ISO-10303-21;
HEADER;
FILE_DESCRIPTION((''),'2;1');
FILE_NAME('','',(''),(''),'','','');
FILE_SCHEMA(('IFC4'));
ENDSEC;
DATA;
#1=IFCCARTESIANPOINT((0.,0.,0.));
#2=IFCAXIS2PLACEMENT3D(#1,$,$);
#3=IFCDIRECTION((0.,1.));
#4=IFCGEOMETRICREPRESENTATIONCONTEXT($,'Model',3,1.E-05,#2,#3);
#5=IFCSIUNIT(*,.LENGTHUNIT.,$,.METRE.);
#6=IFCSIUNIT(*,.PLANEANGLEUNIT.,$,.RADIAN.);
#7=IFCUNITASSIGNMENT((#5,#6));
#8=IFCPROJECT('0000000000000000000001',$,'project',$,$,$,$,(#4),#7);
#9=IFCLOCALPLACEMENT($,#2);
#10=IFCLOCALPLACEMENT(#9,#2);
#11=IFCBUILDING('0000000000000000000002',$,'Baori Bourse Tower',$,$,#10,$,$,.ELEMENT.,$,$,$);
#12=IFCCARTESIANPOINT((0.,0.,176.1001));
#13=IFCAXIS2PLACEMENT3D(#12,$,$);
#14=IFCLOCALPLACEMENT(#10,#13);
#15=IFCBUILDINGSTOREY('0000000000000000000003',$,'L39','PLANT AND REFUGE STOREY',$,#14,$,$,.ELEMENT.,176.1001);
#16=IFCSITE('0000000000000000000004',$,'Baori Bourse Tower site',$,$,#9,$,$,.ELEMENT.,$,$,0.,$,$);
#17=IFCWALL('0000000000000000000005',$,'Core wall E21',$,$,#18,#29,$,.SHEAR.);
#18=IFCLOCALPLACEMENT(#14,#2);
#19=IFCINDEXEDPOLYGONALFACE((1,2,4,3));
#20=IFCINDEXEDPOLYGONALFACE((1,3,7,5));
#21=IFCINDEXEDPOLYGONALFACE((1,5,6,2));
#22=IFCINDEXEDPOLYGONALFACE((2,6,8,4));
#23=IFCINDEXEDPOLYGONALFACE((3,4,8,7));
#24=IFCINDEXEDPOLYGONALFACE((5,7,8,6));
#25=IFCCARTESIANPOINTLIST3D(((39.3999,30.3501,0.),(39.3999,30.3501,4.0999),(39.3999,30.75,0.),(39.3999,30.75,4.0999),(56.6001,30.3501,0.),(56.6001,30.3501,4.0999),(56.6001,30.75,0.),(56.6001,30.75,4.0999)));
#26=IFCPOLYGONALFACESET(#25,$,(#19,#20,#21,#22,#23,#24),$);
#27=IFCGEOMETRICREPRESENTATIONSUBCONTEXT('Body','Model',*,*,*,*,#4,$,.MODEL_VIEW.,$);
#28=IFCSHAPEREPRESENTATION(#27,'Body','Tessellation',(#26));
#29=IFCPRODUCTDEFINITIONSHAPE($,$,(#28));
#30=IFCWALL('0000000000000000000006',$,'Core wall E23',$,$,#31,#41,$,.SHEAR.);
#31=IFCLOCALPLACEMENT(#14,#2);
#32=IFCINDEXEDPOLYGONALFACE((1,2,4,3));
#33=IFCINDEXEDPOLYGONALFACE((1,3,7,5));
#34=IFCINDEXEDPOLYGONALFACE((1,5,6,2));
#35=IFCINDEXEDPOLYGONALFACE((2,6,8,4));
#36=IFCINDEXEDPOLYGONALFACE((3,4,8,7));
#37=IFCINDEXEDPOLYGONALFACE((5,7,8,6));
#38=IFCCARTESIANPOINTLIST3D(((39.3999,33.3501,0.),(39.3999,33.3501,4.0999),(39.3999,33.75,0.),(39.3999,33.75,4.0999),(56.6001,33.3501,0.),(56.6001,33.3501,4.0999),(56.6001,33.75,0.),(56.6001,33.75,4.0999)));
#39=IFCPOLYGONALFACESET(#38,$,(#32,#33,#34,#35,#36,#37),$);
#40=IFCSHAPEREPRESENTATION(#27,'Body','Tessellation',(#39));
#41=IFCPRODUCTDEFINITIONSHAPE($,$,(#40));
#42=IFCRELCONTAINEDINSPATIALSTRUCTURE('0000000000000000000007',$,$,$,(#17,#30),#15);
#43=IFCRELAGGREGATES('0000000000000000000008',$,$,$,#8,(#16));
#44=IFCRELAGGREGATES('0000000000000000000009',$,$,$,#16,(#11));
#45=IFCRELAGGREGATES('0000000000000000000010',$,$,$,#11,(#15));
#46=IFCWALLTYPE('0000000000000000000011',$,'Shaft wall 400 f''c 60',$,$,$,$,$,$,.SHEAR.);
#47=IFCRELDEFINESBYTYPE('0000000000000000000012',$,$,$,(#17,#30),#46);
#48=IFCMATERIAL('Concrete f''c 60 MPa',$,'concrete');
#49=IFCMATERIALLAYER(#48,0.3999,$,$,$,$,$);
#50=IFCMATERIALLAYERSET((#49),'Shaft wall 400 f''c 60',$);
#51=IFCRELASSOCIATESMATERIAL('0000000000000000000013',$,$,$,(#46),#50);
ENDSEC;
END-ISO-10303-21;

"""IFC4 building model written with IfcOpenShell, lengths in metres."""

from ifc_helpers import new_model, si_unit, direction, frame, frame_2d, origin, place, context, subcontext, project, spatial, rectangle, extrude, material, layer, layer_set, type_object, element, save


model = new_model("IFC4")

# Units and contexts
model_context = context("Model", 3, precision=1e-05, world=origin(), true_north=direction((0.0, 1.0)))
body_context = subcontext(model_context, "Body", "Model", "MODEL_VIEW")
ifc_project = project(units=[si_unit("LENGTHUNIT", "METRE"), si_unit("PLANEANGLEUNIT", "RADIAN")], contexts=[model_context])

# Site, building, storey
site_placement = place(None, origin())
site = spatial("IfcSite", under=ifc_project, at=site_placement, Name="Baori Bourse Tower site", CompositionType="ELEMENT", RefElevation=0.0)
building_placement = place(site_placement, origin())
building = spatial("IfcBuilding", under=site, at=building_placement, Name="Baori Bourse Tower", CompositionType="ELEMENT")
storey_placement = place(building_placement, frame((0.0, 0.0, 176.1001)))
storey = spatial("IfcBuildingStorey", under=building, at=storey_placement, Name="L39", Description="PLANT AND REFUGE STOREY", CompositionType="ELEMENT", Elevation=176.1001)

# Walls
ifc_material_1 = material(Name="Concrete f'c 60 MPa", Category="concrete")
ifc_layer_1 = layer(ifc_material_1, 0.3999)
ifc_layer_set_1 = layer_set([ifc_layer_1], Name="Shaft wall 400 f'c 60")
wall_type_1 = type_object("IfcWallType", Name="Shaft wall 400 f'c 60", PredefinedType="SHEAR", material=ifc_layer_set_1)
for number, where, z_axis, x_axis, name in (
    (1, (39.3999, 30.55, 0.0), (0.0, 0.0, 1.0), (1.0, 0.0, 0.0), "Core wall E21"),
    (2, (39.3999, 33.55, 0.0), (0.0, 0.0, 1.0), (1.0, 0.0, 0.0), "Core wall E23"),
):
    element("IfcWall", number, at=place(storey_placement, frame(where, z_axis=z_axis, x_axis=x_axis)), inside=storey, type_object=wall_type_1, Name=name, PredefinedType="SHEAR", context=body_context, shape_type="SweptSolid", body=[
        extrude(rectangle(XDim=17.2002, YDim=0.3999, at=frame_2d((8.6001, 0.0))), origin(), (0.0, 0.0, 1.0), 4.0999),
    ])

save(model, "model.ifc")
